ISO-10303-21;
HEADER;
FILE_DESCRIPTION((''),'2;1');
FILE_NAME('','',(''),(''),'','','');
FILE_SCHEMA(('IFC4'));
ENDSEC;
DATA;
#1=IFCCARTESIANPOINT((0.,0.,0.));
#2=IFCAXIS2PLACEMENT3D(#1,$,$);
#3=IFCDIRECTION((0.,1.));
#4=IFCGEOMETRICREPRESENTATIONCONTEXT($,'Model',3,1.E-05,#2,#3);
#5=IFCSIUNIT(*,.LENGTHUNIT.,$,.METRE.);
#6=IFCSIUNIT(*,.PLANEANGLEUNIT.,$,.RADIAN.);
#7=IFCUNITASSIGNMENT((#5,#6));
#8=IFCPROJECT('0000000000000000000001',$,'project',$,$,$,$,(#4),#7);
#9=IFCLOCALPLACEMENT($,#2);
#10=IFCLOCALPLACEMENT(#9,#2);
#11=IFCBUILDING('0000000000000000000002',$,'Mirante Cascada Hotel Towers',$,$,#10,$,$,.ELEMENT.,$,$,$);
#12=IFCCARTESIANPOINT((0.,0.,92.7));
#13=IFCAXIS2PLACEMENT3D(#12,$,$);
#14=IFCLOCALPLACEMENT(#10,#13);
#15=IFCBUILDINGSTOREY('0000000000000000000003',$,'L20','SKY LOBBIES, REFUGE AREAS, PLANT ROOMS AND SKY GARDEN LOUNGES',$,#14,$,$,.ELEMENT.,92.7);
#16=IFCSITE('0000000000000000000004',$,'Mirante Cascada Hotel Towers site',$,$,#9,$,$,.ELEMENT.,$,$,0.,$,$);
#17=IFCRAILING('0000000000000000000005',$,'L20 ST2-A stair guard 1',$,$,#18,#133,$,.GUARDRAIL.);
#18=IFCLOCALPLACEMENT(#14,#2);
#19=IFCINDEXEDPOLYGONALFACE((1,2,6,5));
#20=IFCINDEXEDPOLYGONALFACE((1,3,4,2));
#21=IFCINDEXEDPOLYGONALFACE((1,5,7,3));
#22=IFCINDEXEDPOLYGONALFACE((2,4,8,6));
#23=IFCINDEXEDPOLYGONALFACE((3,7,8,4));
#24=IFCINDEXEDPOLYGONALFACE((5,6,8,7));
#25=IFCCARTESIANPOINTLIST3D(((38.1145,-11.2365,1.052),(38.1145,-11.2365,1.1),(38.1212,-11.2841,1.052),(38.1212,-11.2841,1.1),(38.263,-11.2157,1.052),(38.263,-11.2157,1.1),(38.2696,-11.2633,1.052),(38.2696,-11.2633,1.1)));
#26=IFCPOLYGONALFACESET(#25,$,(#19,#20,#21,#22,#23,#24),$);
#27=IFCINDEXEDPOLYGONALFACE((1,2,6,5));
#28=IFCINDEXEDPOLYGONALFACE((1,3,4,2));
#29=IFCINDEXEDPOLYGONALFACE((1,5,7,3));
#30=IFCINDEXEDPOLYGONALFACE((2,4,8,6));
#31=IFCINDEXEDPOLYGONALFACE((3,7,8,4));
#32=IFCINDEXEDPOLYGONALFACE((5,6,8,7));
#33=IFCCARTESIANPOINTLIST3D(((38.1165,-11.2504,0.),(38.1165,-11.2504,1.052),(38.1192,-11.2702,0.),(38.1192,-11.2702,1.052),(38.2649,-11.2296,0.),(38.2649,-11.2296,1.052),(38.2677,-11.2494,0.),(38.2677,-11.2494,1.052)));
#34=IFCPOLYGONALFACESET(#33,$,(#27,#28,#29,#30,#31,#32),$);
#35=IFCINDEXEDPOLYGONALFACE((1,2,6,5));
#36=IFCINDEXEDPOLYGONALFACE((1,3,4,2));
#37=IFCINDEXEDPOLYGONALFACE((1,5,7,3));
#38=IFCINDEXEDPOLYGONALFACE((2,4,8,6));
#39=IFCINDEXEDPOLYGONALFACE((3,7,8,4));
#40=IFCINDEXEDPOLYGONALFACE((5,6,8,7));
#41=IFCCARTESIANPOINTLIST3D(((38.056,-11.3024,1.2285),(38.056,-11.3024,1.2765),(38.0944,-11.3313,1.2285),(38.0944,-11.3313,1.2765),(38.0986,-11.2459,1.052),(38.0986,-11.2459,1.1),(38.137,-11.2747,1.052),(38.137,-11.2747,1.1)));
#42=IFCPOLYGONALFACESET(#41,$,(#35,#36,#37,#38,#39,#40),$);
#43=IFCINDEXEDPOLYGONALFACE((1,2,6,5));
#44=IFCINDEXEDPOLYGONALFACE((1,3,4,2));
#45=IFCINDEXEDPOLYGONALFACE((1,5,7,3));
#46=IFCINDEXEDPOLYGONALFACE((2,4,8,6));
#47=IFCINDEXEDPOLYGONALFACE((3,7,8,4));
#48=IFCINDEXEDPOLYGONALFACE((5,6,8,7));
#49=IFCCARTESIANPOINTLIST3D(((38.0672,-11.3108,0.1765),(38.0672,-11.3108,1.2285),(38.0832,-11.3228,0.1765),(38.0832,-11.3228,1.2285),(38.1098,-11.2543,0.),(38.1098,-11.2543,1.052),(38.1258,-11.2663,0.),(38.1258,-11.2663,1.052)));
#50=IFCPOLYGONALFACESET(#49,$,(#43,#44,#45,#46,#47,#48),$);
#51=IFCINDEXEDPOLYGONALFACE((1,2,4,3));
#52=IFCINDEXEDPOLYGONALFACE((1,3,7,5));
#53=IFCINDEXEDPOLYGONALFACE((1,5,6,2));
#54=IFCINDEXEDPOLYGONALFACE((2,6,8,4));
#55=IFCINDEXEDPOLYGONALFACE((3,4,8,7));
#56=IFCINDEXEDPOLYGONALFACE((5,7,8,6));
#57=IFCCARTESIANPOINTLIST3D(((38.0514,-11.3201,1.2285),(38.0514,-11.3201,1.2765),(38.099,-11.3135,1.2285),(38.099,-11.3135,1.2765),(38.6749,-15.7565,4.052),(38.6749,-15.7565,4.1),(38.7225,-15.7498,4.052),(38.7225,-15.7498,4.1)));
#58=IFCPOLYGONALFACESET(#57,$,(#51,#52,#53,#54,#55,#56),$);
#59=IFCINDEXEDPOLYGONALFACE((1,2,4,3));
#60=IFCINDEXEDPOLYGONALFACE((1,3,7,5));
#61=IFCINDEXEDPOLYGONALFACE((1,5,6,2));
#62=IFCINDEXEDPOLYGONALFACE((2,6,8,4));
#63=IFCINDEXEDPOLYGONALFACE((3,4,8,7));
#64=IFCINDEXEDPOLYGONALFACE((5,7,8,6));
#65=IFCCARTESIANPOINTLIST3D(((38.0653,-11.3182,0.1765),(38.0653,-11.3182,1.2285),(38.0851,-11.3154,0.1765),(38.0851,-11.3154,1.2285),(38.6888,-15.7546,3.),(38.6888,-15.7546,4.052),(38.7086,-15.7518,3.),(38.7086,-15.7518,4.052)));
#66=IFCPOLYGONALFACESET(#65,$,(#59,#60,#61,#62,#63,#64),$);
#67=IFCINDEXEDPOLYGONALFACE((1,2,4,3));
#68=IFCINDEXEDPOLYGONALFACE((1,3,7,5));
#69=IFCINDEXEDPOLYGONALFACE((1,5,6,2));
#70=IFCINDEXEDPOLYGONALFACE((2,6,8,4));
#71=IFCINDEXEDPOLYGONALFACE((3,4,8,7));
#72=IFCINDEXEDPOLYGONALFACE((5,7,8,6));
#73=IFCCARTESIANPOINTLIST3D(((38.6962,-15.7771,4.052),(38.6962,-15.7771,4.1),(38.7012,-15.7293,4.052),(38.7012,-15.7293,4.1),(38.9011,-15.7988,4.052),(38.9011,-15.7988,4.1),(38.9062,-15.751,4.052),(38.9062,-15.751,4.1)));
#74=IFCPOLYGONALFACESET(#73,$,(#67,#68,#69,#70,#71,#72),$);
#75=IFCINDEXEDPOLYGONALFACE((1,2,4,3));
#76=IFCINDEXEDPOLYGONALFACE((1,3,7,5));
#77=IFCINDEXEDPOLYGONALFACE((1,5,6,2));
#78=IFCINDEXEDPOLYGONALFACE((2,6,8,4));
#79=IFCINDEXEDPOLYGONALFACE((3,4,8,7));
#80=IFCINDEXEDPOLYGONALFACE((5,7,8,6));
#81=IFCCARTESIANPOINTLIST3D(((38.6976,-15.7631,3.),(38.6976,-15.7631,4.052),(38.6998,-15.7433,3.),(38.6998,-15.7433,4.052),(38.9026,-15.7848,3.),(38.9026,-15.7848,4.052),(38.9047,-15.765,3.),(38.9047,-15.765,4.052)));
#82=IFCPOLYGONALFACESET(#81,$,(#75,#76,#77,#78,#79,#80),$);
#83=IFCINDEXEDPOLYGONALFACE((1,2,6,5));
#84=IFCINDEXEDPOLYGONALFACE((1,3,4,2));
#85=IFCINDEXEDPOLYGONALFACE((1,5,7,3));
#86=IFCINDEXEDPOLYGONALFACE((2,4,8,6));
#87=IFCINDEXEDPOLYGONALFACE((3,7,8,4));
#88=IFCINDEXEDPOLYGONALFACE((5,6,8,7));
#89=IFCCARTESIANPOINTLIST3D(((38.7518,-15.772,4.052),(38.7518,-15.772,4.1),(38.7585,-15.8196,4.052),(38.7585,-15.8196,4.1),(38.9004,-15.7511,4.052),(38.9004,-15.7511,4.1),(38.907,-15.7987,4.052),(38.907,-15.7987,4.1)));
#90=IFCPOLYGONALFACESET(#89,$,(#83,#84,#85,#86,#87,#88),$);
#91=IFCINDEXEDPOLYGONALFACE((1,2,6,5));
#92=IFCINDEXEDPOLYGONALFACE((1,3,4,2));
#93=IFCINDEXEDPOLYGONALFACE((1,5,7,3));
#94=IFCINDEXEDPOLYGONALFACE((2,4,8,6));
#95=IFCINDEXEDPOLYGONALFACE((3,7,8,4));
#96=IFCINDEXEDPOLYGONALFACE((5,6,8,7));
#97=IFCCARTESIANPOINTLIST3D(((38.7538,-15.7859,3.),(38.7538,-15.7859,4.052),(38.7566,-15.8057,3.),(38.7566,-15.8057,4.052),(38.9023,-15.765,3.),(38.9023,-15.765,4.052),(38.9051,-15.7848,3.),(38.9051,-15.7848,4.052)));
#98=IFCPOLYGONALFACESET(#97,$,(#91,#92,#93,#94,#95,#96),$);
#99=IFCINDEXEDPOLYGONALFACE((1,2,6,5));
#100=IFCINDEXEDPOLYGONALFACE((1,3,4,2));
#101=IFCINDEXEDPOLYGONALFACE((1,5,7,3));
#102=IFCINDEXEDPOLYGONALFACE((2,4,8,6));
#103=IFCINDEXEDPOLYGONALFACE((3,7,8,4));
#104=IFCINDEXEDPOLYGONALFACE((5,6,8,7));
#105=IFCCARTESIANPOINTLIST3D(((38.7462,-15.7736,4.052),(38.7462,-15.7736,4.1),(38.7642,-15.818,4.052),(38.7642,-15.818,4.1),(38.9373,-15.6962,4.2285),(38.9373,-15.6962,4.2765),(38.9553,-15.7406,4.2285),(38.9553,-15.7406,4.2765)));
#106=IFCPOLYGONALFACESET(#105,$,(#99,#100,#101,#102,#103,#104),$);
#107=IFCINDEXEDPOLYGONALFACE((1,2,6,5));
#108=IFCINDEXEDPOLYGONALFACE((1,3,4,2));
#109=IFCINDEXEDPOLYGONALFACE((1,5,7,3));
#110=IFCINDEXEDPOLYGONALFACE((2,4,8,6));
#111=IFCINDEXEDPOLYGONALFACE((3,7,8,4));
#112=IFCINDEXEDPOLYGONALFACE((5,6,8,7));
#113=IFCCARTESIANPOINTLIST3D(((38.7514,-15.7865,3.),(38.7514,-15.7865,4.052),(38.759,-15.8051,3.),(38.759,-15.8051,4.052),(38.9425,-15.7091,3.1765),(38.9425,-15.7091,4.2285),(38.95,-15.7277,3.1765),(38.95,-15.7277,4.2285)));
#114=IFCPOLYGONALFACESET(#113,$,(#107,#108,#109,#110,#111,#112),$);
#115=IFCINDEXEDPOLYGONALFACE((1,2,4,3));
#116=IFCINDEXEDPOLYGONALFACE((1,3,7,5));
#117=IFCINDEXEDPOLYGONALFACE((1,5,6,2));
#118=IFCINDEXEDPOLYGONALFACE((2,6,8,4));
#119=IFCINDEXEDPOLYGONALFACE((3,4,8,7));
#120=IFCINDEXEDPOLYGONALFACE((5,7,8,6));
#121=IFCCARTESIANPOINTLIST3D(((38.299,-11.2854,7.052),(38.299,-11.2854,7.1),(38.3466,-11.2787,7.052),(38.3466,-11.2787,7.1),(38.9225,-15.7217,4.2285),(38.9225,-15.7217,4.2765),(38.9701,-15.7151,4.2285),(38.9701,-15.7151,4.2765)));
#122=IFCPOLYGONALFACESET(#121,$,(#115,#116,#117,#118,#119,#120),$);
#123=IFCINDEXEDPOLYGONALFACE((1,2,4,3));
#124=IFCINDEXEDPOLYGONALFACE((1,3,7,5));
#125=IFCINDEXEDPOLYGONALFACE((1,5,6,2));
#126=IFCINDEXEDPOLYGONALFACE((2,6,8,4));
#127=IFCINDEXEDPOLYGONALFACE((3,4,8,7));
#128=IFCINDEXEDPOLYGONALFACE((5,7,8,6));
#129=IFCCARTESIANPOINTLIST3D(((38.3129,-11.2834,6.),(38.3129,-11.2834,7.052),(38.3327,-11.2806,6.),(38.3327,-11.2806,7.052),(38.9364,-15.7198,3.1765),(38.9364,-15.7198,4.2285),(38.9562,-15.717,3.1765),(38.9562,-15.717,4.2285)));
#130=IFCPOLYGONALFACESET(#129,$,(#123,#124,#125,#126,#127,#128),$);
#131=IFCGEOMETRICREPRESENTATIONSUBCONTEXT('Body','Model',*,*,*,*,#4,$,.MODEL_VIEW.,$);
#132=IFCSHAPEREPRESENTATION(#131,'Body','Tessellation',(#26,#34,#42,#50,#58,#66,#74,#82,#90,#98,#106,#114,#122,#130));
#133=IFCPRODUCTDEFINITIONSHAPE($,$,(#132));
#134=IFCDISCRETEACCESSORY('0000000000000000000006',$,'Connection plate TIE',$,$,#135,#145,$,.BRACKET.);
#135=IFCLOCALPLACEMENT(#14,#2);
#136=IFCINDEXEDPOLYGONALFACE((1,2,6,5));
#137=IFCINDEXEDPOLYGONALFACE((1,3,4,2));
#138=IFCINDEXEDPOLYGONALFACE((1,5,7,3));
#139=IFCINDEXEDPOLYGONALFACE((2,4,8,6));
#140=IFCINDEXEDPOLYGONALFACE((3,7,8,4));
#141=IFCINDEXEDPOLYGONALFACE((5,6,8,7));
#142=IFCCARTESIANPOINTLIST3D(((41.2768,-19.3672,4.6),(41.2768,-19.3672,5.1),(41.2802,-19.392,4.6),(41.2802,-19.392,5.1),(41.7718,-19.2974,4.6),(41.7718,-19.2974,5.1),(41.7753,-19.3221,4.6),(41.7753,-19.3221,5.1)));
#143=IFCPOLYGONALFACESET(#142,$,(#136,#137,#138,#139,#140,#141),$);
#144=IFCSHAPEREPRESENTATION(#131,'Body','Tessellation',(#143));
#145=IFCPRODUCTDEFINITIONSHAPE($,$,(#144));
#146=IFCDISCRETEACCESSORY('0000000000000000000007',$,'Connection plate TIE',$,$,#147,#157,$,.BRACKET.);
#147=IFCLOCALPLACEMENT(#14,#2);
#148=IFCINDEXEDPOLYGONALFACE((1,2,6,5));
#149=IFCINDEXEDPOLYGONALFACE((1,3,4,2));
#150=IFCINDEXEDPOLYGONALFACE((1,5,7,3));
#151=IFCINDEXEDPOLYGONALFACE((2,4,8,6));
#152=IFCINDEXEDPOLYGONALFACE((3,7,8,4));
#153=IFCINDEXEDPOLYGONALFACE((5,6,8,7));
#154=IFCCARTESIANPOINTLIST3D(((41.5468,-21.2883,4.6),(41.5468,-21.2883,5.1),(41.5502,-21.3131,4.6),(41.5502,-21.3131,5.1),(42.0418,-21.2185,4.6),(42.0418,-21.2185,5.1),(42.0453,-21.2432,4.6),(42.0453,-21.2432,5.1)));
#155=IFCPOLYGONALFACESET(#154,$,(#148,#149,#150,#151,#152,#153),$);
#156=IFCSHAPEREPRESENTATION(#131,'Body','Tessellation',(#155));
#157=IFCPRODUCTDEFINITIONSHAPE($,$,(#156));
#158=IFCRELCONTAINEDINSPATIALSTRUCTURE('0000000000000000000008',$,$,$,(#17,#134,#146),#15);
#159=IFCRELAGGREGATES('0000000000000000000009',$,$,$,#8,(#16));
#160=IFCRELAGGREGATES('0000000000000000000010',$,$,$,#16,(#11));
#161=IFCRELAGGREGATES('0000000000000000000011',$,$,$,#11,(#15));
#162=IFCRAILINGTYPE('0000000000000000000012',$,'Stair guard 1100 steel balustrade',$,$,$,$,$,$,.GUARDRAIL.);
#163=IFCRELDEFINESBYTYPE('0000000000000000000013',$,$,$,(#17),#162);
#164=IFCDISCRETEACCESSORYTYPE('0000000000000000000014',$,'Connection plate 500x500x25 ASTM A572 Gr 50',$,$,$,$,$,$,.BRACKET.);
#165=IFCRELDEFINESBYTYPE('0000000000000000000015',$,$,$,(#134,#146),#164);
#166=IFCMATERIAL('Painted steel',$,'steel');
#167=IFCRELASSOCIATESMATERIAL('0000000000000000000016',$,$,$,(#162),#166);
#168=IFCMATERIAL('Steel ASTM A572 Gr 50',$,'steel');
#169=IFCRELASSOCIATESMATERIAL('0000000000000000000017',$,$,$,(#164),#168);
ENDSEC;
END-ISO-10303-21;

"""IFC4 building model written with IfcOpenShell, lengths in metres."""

from ifc_helpers import new_model, si_unit, direction, frame, origin, origin_2d, place, context, subcontext, project, spatial, rectangle, extrude, material, material_profile, profile_set, type_object, element, save


model = new_model("IFC4")

# Units and contexts
model_context = context("Model", 3, precision=1e-05, world=origin(), true_north=direction((0.0, 1.0)))
body_context = subcontext(model_context, "Body", "Model", "MODEL_VIEW")
ifc_project = project(units=[si_unit("LENGTHUNIT", "METRE"), si_unit("PLANEANGLEUNIT", "RADIAN")], contexts=[model_context])

# Site, building, storey
site_placement = place(None, origin())
site = spatial("IfcSite", under=ifc_project, at=site_placement, Name="Mirante Cascada Hotel Towers site", CompositionType="ELEMENT", RefElevation=0.0)
building_placement = place(site_placement, origin())
building = spatial("IfcBuilding", under=site, at=building_placement, Name="Mirante Cascada Hotel Towers", CompositionType="ELEMENT")
storey_placement = place(building_placement, frame((0.0, 0.0, 92.7)))
storey = spatial("IfcBuildingStorey", under=building, at=storey_placement, Name="L20", Description="SKY LOBBIES, REFUGE AREAS, PLANT ROOMS AND SKY GARDEN LOUNGES", CompositionType="ELEMENT", Elevation=92.7)

# Railing
ifc_material_1 = material(Name="Painted steel", Category="steel")
railing_type = type_object("IfcRailingType", Name="Stair guard 1100 steel balustrade", PredefinedType="GUARDRAIL", material=ifc_material_1)
railing_placement = place(storey_placement, frame((38.2663, -11.2395, 0.0)))
element("IfcRailing", 1, at=railing_placement, inside=storey, type_object=railing_type, Name="L20 ST2-A stair guard 1", PredefinedType="GUARDRAIL", context=body_context, shape_type="SweptSolid", body=[
    extrude(rectangle(XDim=0.048, YDim=0.048, at=origin_2d()), frame((0.0, 0.0, 1.076), z_axis=(-0.990333, -0.138713, 0.0), x_axis=(0.138713, -0.990333, 0.0)), (0.0, 0.0, 1.0), 0.1499),
    extrude(rectangle(XDim=0.02, YDim=1.052, at=origin_2d()), frame((0.0, 0.0, 0.526), z_axis=(-0.990333, -0.138713, 0.0), x_axis=(0.138713, -0.990333, 0.0)), (0.0, 0.0, 1.0), 0.1499),
    extrude(rectangle(XDim=0.048, YDim=0.048, at=origin_2d()), frame((-0.1485, -0.0208, 1.076), z_axis=(-0.602033, -0.798471, 0.0), x_axis=(0.798471, -0.602033, 0.0)), (0.0, 0.928186, 0.372117), 0.1902),
    extrude(rectangle(XDim=0.02, YDim=1.052, at=origin_2d()), frame((-0.1485, -0.0208, 0.526), z_axis=(-0.602033, -0.798471, 0.0), x_axis=(0.798471, -0.602033, 0.0)), (0.0, 0.928186, 0.372117), 0.1902),
    extrude(rectangle(XDim=0.048, YDim=0.048, at=origin_2d()), frame((-0.1911, -0.0773, 1.2525), z_axis=(0.139174, -0.990268, 0.0), x_axis=(0.990268, 0.139174, 0.0)), (0.0, 0.533186, 0.845998), 5.2955),
    extrude(rectangle(XDim=0.02, YDim=1.052, at=origin_2d()), frame((-0.1911, -0.0773, 0.7025), z_axis=(0.139174, -0.990268, 0.0), x_axis=(0.990268, 0.139174, 0.0)), (0.0, 0.533186, 0.845998), 5.2955),
    extrude(rectangle(XDim=0.048, YDim=0.048, at=origin_2d()), frame((0.4324, -4.5137, 4.076), z_axis=(0.994444, -0.105266, 0.0), x_axis=(0.105266, 0.994444, 0.0)), (0.0, 0.0, 1.0), 0.2061),
    extrude(rectangle(XDim=0.02, YDim=1.052, at=origin_2d()), frame((0.4324, -4.5137, 3.526), z_axis=(0.994444, -0.105266, 0.0), x_axis=(0.105266, 0.994444, 0.0)), (0.0, 0.0, 1.0), 0.2061),
    extrude(rectangle(XDim=0.048, YDim=0.048, at=origin_2d()), frame((0.6374, -4.5354, 4.076), z_axis=(-0.990241, -0.139367, 0.0), x_axis=(0.139367, -0.990241, 0.0)), (0.0, 0.0, 1.0), 0.15),
    extrude(rectangle(XDim=0.02, YDim=1.052, at=origin_2d()), frame((0.6374, -4.5354, 3.526), z_axis=(-0.990241, -0.139367, 0.0), x_axis=(0.139367, -0.990241, 0.0)), (0.0, 0.0, 1.0), 0.15),
    extrude(rectangle(XDim=0.048, YDim=0.048, at=origin_2d()), frame((0.4889, -4.5563, 4.076), z_axis=(0.926862, 0.375401, 0.0), x_axis=(-0.375401, 0.926862, 0.0)), (0.0, 0.650313, 0.759667), 0.2714),
    extrude(rectangle(XDim=0.02, YDim=1.052, at=origin_2d()), frame((0.4889, -4.5563, 3.526), z_axis=(0.926862, 0.375401, 0.0), x_axis=(-0.375401, 0.926862, 0.0)), (0.0, 0.650313, 0.759667), 0.2714),
    extrude(rectangle(XDim=0.048, YDim=0.048, at=origin_2d()), frame((0.68, -4.4789, 4.2525), z_axis=(-0.139174, 0.990268, 0.0), x_axis=(-0.990268, -0.139174, 0.0)), (0.0, 0.533186, 0.845998), 5.2955),
    extrude(rectangle(XDim=0.02, YDim=1.052, at=origin_2d()), frame((0.68, -4.4789, 3.7025), z_axis=(-0.139174, 0.990268, 0.0), x_axis=(-0.990268, -0.139174, 0.0)), (0.0, 0.533186, 0.845998), 5.2955),
])

# Discrete accessories
ifc_material_2 = material(Name="Steel ASTM A572 Gr 50", Category="steel")
ifc_material_profile_1 = material_profile(ifc_material_2, rectangle(XDim=0.5, YDim=0.5, at=origin_2d()), Name="Connection plate 500x500x25 ASTM A572 Gr 50")
ifc_profile_set_1 = profile_set([ifc_material_profile_1], Name="Steel ASTM A572 Gr 50")
discrete_accessory_type = type_object("IfcDiscreteAccessoryType", Name="Connection plate 500x500x25 ASTM A572 Gr 50", PredefinedType="BRACKET", material=ifc_profile_set_1)
for number, where, z_axis, x_axis, name in (
    (2, (41.5243, -19.3323, 4.85), (0.139744, -0.990188, 0.0), (0.990188, 0.139744, 0.0), "Connection plate TIE"),
    (3, (41.7943, -21.2534, 4.85), (0.139744, -0.990188, 0.0), (0.990188, 0.139744, 0.0), "Connection plate TIE"),
):
    element("IfcDiscreteAccessory", number, at=place(storey_placement, frame(where, z_axis=z_axis, x_axis=x_axis)), inside=storey, type_object=discrete_accessory_type, Name=name, PredefinedType="BRACKET", context=body_context, shape_type="SweptSolid", body=[
        extrude(rectangle(XDim=0.5, YDim=0.5, at=origin_2d()), origin(), (0.0, 0.0, 1.0), 0.025),
    ])

save(model, "model.ifc")
